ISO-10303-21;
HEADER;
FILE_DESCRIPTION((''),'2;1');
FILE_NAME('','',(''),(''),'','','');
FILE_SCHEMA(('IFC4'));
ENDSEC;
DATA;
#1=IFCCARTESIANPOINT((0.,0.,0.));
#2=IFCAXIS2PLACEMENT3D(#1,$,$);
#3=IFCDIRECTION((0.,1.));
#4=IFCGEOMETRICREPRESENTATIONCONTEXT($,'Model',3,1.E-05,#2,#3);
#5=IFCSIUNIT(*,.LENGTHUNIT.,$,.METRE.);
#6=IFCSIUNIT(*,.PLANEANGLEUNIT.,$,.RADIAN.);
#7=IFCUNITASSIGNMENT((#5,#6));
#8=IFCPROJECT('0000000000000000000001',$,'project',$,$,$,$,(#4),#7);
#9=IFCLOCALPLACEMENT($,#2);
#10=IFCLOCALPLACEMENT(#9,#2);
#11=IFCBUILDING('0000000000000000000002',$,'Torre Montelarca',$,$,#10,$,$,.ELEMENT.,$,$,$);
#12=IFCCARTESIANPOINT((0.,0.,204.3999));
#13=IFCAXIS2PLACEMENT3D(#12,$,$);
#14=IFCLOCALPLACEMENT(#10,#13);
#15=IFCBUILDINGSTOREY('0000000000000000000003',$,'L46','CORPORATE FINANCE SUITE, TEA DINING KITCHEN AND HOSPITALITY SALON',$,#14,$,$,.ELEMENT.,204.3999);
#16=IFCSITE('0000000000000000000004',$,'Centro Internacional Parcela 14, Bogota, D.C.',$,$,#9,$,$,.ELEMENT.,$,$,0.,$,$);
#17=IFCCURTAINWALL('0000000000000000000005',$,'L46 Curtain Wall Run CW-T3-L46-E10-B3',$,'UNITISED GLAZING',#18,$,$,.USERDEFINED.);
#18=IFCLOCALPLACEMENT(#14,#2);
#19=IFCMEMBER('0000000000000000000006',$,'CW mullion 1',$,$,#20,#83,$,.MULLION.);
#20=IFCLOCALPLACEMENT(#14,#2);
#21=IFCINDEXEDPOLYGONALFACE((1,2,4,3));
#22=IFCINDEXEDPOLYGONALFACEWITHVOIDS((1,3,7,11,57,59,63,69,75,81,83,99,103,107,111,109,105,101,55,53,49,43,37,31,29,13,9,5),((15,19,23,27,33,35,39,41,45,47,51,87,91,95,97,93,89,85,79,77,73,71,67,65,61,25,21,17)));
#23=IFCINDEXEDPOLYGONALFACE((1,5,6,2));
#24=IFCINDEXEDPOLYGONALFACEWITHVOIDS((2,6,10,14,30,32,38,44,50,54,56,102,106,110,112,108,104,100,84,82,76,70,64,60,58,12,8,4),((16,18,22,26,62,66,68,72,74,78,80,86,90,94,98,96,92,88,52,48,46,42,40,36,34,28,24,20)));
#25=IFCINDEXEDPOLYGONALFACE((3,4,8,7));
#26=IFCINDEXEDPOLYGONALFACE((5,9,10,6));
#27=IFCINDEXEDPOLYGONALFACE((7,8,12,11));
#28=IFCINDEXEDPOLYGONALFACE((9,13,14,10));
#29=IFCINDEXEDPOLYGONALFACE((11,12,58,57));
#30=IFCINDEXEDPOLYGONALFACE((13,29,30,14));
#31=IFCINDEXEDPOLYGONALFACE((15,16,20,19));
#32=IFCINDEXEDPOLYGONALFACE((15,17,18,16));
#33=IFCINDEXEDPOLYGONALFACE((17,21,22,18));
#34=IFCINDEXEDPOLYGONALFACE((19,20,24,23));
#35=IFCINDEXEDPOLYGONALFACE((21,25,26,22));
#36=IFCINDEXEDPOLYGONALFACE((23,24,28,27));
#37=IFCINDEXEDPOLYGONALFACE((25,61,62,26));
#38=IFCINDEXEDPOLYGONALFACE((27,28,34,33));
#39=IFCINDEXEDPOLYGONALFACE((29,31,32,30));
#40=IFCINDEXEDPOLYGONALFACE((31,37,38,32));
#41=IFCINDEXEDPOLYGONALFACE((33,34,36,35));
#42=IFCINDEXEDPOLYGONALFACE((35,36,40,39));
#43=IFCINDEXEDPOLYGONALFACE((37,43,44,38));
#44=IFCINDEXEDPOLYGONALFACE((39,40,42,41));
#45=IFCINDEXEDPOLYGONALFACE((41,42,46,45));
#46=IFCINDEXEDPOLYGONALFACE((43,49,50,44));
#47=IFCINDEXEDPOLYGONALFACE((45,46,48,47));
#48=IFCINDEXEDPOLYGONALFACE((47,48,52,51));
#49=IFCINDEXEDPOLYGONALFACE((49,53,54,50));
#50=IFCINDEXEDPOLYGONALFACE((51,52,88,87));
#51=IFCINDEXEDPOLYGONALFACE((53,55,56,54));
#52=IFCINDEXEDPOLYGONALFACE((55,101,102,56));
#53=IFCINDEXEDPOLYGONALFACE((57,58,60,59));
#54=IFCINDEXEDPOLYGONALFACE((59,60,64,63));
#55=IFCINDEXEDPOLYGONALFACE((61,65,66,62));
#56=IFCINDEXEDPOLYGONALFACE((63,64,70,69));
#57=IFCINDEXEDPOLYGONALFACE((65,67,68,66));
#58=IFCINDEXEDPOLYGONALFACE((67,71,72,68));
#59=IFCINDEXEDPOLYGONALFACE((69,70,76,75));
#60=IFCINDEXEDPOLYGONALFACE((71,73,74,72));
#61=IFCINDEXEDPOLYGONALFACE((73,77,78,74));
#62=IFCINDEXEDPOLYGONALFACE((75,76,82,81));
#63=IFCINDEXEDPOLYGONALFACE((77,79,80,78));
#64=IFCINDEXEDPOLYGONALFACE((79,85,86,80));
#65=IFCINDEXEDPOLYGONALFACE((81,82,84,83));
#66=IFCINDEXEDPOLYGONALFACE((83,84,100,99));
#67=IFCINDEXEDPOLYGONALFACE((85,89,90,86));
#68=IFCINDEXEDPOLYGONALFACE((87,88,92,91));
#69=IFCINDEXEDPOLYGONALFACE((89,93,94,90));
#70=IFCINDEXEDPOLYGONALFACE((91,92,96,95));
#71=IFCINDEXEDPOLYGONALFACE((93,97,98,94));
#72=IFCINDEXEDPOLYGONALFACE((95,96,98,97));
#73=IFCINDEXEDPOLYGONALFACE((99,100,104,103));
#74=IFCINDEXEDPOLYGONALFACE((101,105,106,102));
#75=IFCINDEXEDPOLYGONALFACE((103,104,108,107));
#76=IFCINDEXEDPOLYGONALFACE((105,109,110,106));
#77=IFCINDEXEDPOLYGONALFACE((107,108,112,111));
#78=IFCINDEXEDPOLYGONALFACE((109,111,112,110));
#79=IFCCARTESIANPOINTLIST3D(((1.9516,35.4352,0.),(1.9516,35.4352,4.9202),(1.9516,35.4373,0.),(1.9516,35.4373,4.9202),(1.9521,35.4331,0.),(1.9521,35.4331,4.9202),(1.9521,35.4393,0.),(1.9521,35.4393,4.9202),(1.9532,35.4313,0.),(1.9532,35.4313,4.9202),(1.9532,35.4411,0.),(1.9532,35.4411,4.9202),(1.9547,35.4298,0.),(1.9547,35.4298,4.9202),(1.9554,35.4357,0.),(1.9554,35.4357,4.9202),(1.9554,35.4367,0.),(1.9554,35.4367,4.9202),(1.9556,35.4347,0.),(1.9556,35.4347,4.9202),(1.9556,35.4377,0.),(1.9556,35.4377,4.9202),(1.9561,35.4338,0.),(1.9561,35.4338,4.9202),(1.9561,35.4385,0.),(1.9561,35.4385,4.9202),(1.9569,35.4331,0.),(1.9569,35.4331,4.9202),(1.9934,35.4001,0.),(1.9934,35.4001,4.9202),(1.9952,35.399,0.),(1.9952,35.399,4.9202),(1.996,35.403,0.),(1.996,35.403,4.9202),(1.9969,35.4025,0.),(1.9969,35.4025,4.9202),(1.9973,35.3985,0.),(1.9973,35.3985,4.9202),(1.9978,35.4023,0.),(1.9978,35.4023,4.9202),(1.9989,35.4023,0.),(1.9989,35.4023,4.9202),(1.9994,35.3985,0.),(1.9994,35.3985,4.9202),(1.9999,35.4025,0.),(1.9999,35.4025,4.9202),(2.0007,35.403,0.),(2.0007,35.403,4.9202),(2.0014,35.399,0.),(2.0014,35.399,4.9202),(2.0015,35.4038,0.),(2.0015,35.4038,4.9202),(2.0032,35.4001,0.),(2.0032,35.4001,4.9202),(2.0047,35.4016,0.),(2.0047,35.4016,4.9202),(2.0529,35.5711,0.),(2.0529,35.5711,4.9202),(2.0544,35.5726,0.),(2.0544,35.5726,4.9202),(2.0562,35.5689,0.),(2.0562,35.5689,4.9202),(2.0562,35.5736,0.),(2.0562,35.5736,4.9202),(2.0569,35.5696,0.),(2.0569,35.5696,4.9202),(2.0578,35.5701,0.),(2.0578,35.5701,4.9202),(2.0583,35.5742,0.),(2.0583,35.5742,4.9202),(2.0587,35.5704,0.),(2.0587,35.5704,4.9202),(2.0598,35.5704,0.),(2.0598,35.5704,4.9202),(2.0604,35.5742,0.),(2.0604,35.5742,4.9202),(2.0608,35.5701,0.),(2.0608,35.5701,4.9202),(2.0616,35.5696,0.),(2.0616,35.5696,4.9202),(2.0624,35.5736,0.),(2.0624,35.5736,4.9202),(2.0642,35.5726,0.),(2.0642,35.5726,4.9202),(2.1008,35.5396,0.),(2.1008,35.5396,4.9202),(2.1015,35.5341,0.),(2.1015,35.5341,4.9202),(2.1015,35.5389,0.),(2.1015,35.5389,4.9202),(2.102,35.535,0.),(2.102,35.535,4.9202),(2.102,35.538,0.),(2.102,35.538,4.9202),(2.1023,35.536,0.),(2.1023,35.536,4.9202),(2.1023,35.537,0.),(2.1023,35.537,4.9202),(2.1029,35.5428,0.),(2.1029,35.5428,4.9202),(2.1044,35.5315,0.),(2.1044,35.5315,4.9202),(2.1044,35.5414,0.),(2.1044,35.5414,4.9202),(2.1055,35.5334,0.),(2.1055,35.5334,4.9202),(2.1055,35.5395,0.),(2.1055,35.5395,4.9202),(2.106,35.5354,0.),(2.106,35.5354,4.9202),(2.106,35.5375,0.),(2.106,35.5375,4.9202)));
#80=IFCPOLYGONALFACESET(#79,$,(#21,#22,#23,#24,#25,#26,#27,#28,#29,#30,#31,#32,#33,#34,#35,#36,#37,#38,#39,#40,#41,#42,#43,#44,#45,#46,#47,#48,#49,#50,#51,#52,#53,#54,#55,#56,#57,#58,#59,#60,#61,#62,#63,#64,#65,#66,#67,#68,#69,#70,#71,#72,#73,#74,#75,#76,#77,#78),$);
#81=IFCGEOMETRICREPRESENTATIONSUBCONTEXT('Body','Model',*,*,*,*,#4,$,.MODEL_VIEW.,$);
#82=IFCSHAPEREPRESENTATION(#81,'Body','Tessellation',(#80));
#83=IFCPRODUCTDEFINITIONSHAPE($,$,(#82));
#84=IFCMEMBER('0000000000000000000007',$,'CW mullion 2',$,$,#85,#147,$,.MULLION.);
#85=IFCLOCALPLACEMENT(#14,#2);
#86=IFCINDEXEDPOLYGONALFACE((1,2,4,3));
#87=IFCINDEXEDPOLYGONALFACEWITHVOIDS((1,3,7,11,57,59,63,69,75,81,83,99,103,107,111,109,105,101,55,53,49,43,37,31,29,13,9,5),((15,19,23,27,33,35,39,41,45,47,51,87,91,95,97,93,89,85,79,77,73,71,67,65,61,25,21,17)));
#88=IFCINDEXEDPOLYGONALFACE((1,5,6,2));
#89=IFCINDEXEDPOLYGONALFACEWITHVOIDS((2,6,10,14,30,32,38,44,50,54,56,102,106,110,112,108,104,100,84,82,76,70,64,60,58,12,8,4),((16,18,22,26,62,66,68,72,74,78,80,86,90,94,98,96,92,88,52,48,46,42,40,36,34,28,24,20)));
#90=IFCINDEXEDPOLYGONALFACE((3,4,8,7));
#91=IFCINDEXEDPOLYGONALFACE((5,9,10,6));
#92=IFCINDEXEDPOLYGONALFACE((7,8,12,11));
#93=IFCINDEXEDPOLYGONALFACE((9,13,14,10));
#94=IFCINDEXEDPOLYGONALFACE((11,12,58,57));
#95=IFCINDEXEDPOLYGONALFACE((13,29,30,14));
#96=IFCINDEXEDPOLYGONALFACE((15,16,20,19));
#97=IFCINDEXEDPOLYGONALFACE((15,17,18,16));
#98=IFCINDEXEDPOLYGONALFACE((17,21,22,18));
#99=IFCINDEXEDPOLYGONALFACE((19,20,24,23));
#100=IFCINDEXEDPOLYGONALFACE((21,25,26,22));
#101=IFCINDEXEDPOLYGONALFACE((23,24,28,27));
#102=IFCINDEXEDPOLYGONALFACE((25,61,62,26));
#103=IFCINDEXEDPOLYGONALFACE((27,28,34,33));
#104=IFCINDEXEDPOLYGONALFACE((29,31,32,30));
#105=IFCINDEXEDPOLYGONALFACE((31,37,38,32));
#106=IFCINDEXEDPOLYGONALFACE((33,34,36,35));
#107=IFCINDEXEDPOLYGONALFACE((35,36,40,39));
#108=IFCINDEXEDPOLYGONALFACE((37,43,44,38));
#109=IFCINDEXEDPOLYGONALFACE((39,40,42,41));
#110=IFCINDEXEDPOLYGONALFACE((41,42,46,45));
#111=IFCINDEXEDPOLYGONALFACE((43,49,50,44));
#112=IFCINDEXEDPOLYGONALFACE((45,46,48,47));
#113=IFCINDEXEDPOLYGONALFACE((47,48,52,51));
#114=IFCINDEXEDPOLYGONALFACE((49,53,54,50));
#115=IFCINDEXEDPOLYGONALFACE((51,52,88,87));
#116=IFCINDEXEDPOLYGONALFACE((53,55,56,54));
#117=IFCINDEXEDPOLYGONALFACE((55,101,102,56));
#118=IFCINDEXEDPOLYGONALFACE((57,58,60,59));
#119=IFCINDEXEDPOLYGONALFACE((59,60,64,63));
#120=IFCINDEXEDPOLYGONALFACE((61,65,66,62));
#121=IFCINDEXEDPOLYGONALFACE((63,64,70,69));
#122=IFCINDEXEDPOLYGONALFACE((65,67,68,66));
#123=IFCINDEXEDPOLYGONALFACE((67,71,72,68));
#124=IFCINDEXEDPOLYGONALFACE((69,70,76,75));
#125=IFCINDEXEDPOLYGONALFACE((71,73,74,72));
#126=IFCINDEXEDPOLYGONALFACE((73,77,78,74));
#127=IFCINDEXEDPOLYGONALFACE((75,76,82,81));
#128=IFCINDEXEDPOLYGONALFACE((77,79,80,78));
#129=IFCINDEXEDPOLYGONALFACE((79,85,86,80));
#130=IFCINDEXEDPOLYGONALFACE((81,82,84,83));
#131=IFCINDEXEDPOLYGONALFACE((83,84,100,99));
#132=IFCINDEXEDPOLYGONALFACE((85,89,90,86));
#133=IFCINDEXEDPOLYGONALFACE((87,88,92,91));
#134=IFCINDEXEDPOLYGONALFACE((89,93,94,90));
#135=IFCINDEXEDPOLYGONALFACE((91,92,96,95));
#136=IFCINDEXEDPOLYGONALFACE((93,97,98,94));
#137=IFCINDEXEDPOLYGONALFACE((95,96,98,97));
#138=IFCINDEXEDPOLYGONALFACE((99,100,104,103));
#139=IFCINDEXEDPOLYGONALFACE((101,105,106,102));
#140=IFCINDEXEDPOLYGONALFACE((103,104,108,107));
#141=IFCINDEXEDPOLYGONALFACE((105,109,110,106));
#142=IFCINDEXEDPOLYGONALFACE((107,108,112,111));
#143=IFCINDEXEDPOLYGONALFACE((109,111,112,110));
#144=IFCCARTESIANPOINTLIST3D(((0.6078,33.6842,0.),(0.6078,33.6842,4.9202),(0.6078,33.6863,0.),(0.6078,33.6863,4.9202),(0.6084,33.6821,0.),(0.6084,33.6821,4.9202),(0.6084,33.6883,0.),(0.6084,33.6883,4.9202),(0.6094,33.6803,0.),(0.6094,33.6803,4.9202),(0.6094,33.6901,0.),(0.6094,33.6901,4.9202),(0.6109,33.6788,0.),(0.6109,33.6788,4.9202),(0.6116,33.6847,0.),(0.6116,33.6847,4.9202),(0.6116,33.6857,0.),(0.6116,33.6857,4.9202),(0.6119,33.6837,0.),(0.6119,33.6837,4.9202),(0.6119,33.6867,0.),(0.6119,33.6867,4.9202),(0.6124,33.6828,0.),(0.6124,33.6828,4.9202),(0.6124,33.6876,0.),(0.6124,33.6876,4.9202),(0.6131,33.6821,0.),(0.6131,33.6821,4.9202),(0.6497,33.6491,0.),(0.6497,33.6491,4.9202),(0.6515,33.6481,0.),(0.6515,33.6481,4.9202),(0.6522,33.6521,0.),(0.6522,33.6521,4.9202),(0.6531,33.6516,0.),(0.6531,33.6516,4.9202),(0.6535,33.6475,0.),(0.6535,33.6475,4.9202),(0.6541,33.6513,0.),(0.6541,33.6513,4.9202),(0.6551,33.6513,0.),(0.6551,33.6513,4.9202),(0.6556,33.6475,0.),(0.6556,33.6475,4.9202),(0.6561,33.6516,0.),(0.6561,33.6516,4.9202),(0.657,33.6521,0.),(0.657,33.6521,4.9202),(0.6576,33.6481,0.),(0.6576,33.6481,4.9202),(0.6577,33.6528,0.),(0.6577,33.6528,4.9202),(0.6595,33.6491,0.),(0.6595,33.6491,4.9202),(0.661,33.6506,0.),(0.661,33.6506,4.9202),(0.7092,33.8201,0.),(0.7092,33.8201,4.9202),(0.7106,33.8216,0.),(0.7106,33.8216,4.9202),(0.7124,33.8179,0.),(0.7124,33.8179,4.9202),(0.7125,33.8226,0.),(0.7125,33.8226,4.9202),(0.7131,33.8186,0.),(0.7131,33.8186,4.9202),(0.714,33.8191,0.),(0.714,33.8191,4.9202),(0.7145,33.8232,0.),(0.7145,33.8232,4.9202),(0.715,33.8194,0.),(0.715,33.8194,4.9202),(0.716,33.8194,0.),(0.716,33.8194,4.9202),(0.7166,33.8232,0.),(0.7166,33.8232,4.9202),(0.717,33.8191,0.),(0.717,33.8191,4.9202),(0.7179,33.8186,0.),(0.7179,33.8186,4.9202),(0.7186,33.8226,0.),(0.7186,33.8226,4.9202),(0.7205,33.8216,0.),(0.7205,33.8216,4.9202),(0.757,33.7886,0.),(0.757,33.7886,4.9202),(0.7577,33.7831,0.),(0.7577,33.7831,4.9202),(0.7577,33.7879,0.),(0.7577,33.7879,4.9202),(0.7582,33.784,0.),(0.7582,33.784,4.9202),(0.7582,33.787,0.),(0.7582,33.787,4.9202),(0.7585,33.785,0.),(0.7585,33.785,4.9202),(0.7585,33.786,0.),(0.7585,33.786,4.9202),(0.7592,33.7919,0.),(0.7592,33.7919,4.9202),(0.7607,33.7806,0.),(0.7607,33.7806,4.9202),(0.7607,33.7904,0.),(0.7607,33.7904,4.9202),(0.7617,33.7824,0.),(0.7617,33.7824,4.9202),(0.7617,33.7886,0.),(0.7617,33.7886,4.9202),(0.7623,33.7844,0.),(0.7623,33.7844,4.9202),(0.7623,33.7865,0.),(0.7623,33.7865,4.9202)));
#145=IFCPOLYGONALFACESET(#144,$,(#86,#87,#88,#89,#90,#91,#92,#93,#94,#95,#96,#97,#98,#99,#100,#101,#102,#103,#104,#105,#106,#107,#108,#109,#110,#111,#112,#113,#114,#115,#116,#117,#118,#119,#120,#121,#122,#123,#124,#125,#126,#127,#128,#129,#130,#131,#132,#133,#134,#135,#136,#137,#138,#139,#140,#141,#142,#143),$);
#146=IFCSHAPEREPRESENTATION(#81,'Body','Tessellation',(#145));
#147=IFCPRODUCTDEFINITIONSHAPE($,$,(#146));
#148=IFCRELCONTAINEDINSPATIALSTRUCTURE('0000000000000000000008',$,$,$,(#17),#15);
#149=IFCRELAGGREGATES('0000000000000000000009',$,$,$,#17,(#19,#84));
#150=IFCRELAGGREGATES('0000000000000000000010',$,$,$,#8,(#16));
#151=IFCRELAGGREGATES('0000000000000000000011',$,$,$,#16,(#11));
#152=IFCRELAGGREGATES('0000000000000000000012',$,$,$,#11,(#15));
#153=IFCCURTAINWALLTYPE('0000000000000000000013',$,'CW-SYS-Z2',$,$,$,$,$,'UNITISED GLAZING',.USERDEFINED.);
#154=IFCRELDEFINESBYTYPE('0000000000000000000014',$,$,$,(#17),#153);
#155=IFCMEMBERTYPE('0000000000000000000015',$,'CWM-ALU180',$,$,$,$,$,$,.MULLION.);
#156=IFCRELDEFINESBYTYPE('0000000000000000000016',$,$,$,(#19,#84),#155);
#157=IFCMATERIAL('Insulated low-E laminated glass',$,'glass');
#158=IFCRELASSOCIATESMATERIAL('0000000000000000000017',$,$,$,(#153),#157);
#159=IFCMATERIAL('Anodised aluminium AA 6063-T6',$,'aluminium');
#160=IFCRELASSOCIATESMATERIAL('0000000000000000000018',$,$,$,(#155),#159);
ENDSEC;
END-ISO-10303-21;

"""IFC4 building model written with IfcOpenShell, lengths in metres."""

from ifc_helpers import new_model, si_unit, direction, frame, origin, origin_2d, place, context, subcontext, project, spatial, hollow_rectangle, extrude, source, transform, mapped, material, material_profile, profile_set, type_object, element, aggregate, save


model = new_model("IFC4")

# Units and contexts
model_context = context("Model", 3, precision=1e-05, world=origin(), true_north=direction((0.0, 1.0)))
body_context = subcontext(model_context, "Body", "Model", "MODEL_VIEW")
ifc_project = project(units=[si_unit("LENGTHUNIT", "METRE"), si_unit("PLANEANGLEUNIT", "RADIAN")], contexts=[model_context])

# Site, building, storey
site_placement = place(None, origin())
site = spatial("IfcSite", under=ifc_project, at=site_placement, Name="Centro Internacional Parcela 14, Bogota, D.C.", CompositionType="ELEMENT", RefElevation=0.0)
building_placement = place(site_placement, origin())
building = spatial("IfcBuilding", under=site, at=building_placement, Name="Torre Montelarca", CompositionType="ELEMENT")
storey_placement = place(building_placement, frame((0.0, 0.0, 204.3999)))
storey = spatial("IfcBuildingStorey", under=building, at=storey_placement, Name="L46", Description="CORPORATE FINANCE SUITE, TEA DINING KITCHEN AND HOSPITALITY SALON", CompositionType="ELEMENT", Elevation=204.3999)

# Curtain wall, members
ifc_material_1 = material(Name="Insulated low-E laminated glass", Category="glass")
curtain_wall_type = type_object("IfcCurtainWallType", Name="CW-SYS-Z2", ElementType="UNITISED GLAZING", PredefinedType="USERDEFINED", material=ifc_material_1)
ifc_material_2 = material(Name="Anodised aluminium AA 6063-T6", Category="aluminium")
curtain_wall_1_placement = place(storey_placement, origin())
curtain_wall_1 = element("IfcCurtainWall", 1, at=curtain_wall_1_placement, inside=storey, type_object=curtain_wall_type, Name="L46 Curtain Wall Run CW-T3-L46-E10-B3", ObjectType="UNITISED GLAZING", PredefinedType="USERDEFINED")
ifc_material_profile_1 = material_profile(ifc_material_2, hollow_rectangle(XDim=0.0649, YDim=0.1799, WallThickness=0.0039, InnerFilletRadius=0.0039, OuterFilletRadius=0.0081, at=origin_2d()), Name="ALU65X180X4", Category="aluminium")
ifc_profile_set_1 = profile_set([ifc_material_profile_1], Name="Anodised aluminium AA 6063-T6")
member_type_1 = type_object("IfcMemberType", Name="CWM-ALU180", PredefinedType="MULLION", material=ifc_profile_set_1)
shared_shape_1 = source(origin(), body_context, "Body", "SweptSolid", [
    extrude(hollow_rectangle(XDim=0.0649, YDim=0.1799, WallThickness=0.0039, InnerFilletRadius=0.0039, OuterFilletRadius=0.0081, at=origin_2d()), origin(), (0.0, 0.0, 1.0), 4.9202),
])
member_1_placement = place(storey_placement, frame((2.0288, 35.4863, 0.0), z_axis=(0.0, 0.0, 1.0), x_axis=(0.79335, -0.608765, 0.0)))
member_1 = element("IfcMember", 2, at=member_1_placement, type_object=member_type_1, Name="CW mullion 1", PredefinedType="MULLION", context=body_context, shape_type="MappedRepresentation", body=[
    mapped(shared_shape_1, transform((0.0, 0.0, 0.0), scale=1.0)),
])
member_2_placement = place(storey_placement, frame((0.6851, 33.7354, 0.0), z_axis=(0.0, 0.0, 1.0), x_axis=(0.79335, -0.608765, 0.0)))
member_2 = element("IfcMember", 3, at=member_2_placement, type_object=member_type_1, Name="CW mullion 2", PredefinedType="MULLION", context=body_context, shape_type="MappedRepresentation", body=[
    mapped(shared_shape_1, transform((0.0, 0.0, 0.0), scale=1.0)),
])

aggregate(curtain_wall_1, [member_1, member_2])

save(model, "model.ifc")
